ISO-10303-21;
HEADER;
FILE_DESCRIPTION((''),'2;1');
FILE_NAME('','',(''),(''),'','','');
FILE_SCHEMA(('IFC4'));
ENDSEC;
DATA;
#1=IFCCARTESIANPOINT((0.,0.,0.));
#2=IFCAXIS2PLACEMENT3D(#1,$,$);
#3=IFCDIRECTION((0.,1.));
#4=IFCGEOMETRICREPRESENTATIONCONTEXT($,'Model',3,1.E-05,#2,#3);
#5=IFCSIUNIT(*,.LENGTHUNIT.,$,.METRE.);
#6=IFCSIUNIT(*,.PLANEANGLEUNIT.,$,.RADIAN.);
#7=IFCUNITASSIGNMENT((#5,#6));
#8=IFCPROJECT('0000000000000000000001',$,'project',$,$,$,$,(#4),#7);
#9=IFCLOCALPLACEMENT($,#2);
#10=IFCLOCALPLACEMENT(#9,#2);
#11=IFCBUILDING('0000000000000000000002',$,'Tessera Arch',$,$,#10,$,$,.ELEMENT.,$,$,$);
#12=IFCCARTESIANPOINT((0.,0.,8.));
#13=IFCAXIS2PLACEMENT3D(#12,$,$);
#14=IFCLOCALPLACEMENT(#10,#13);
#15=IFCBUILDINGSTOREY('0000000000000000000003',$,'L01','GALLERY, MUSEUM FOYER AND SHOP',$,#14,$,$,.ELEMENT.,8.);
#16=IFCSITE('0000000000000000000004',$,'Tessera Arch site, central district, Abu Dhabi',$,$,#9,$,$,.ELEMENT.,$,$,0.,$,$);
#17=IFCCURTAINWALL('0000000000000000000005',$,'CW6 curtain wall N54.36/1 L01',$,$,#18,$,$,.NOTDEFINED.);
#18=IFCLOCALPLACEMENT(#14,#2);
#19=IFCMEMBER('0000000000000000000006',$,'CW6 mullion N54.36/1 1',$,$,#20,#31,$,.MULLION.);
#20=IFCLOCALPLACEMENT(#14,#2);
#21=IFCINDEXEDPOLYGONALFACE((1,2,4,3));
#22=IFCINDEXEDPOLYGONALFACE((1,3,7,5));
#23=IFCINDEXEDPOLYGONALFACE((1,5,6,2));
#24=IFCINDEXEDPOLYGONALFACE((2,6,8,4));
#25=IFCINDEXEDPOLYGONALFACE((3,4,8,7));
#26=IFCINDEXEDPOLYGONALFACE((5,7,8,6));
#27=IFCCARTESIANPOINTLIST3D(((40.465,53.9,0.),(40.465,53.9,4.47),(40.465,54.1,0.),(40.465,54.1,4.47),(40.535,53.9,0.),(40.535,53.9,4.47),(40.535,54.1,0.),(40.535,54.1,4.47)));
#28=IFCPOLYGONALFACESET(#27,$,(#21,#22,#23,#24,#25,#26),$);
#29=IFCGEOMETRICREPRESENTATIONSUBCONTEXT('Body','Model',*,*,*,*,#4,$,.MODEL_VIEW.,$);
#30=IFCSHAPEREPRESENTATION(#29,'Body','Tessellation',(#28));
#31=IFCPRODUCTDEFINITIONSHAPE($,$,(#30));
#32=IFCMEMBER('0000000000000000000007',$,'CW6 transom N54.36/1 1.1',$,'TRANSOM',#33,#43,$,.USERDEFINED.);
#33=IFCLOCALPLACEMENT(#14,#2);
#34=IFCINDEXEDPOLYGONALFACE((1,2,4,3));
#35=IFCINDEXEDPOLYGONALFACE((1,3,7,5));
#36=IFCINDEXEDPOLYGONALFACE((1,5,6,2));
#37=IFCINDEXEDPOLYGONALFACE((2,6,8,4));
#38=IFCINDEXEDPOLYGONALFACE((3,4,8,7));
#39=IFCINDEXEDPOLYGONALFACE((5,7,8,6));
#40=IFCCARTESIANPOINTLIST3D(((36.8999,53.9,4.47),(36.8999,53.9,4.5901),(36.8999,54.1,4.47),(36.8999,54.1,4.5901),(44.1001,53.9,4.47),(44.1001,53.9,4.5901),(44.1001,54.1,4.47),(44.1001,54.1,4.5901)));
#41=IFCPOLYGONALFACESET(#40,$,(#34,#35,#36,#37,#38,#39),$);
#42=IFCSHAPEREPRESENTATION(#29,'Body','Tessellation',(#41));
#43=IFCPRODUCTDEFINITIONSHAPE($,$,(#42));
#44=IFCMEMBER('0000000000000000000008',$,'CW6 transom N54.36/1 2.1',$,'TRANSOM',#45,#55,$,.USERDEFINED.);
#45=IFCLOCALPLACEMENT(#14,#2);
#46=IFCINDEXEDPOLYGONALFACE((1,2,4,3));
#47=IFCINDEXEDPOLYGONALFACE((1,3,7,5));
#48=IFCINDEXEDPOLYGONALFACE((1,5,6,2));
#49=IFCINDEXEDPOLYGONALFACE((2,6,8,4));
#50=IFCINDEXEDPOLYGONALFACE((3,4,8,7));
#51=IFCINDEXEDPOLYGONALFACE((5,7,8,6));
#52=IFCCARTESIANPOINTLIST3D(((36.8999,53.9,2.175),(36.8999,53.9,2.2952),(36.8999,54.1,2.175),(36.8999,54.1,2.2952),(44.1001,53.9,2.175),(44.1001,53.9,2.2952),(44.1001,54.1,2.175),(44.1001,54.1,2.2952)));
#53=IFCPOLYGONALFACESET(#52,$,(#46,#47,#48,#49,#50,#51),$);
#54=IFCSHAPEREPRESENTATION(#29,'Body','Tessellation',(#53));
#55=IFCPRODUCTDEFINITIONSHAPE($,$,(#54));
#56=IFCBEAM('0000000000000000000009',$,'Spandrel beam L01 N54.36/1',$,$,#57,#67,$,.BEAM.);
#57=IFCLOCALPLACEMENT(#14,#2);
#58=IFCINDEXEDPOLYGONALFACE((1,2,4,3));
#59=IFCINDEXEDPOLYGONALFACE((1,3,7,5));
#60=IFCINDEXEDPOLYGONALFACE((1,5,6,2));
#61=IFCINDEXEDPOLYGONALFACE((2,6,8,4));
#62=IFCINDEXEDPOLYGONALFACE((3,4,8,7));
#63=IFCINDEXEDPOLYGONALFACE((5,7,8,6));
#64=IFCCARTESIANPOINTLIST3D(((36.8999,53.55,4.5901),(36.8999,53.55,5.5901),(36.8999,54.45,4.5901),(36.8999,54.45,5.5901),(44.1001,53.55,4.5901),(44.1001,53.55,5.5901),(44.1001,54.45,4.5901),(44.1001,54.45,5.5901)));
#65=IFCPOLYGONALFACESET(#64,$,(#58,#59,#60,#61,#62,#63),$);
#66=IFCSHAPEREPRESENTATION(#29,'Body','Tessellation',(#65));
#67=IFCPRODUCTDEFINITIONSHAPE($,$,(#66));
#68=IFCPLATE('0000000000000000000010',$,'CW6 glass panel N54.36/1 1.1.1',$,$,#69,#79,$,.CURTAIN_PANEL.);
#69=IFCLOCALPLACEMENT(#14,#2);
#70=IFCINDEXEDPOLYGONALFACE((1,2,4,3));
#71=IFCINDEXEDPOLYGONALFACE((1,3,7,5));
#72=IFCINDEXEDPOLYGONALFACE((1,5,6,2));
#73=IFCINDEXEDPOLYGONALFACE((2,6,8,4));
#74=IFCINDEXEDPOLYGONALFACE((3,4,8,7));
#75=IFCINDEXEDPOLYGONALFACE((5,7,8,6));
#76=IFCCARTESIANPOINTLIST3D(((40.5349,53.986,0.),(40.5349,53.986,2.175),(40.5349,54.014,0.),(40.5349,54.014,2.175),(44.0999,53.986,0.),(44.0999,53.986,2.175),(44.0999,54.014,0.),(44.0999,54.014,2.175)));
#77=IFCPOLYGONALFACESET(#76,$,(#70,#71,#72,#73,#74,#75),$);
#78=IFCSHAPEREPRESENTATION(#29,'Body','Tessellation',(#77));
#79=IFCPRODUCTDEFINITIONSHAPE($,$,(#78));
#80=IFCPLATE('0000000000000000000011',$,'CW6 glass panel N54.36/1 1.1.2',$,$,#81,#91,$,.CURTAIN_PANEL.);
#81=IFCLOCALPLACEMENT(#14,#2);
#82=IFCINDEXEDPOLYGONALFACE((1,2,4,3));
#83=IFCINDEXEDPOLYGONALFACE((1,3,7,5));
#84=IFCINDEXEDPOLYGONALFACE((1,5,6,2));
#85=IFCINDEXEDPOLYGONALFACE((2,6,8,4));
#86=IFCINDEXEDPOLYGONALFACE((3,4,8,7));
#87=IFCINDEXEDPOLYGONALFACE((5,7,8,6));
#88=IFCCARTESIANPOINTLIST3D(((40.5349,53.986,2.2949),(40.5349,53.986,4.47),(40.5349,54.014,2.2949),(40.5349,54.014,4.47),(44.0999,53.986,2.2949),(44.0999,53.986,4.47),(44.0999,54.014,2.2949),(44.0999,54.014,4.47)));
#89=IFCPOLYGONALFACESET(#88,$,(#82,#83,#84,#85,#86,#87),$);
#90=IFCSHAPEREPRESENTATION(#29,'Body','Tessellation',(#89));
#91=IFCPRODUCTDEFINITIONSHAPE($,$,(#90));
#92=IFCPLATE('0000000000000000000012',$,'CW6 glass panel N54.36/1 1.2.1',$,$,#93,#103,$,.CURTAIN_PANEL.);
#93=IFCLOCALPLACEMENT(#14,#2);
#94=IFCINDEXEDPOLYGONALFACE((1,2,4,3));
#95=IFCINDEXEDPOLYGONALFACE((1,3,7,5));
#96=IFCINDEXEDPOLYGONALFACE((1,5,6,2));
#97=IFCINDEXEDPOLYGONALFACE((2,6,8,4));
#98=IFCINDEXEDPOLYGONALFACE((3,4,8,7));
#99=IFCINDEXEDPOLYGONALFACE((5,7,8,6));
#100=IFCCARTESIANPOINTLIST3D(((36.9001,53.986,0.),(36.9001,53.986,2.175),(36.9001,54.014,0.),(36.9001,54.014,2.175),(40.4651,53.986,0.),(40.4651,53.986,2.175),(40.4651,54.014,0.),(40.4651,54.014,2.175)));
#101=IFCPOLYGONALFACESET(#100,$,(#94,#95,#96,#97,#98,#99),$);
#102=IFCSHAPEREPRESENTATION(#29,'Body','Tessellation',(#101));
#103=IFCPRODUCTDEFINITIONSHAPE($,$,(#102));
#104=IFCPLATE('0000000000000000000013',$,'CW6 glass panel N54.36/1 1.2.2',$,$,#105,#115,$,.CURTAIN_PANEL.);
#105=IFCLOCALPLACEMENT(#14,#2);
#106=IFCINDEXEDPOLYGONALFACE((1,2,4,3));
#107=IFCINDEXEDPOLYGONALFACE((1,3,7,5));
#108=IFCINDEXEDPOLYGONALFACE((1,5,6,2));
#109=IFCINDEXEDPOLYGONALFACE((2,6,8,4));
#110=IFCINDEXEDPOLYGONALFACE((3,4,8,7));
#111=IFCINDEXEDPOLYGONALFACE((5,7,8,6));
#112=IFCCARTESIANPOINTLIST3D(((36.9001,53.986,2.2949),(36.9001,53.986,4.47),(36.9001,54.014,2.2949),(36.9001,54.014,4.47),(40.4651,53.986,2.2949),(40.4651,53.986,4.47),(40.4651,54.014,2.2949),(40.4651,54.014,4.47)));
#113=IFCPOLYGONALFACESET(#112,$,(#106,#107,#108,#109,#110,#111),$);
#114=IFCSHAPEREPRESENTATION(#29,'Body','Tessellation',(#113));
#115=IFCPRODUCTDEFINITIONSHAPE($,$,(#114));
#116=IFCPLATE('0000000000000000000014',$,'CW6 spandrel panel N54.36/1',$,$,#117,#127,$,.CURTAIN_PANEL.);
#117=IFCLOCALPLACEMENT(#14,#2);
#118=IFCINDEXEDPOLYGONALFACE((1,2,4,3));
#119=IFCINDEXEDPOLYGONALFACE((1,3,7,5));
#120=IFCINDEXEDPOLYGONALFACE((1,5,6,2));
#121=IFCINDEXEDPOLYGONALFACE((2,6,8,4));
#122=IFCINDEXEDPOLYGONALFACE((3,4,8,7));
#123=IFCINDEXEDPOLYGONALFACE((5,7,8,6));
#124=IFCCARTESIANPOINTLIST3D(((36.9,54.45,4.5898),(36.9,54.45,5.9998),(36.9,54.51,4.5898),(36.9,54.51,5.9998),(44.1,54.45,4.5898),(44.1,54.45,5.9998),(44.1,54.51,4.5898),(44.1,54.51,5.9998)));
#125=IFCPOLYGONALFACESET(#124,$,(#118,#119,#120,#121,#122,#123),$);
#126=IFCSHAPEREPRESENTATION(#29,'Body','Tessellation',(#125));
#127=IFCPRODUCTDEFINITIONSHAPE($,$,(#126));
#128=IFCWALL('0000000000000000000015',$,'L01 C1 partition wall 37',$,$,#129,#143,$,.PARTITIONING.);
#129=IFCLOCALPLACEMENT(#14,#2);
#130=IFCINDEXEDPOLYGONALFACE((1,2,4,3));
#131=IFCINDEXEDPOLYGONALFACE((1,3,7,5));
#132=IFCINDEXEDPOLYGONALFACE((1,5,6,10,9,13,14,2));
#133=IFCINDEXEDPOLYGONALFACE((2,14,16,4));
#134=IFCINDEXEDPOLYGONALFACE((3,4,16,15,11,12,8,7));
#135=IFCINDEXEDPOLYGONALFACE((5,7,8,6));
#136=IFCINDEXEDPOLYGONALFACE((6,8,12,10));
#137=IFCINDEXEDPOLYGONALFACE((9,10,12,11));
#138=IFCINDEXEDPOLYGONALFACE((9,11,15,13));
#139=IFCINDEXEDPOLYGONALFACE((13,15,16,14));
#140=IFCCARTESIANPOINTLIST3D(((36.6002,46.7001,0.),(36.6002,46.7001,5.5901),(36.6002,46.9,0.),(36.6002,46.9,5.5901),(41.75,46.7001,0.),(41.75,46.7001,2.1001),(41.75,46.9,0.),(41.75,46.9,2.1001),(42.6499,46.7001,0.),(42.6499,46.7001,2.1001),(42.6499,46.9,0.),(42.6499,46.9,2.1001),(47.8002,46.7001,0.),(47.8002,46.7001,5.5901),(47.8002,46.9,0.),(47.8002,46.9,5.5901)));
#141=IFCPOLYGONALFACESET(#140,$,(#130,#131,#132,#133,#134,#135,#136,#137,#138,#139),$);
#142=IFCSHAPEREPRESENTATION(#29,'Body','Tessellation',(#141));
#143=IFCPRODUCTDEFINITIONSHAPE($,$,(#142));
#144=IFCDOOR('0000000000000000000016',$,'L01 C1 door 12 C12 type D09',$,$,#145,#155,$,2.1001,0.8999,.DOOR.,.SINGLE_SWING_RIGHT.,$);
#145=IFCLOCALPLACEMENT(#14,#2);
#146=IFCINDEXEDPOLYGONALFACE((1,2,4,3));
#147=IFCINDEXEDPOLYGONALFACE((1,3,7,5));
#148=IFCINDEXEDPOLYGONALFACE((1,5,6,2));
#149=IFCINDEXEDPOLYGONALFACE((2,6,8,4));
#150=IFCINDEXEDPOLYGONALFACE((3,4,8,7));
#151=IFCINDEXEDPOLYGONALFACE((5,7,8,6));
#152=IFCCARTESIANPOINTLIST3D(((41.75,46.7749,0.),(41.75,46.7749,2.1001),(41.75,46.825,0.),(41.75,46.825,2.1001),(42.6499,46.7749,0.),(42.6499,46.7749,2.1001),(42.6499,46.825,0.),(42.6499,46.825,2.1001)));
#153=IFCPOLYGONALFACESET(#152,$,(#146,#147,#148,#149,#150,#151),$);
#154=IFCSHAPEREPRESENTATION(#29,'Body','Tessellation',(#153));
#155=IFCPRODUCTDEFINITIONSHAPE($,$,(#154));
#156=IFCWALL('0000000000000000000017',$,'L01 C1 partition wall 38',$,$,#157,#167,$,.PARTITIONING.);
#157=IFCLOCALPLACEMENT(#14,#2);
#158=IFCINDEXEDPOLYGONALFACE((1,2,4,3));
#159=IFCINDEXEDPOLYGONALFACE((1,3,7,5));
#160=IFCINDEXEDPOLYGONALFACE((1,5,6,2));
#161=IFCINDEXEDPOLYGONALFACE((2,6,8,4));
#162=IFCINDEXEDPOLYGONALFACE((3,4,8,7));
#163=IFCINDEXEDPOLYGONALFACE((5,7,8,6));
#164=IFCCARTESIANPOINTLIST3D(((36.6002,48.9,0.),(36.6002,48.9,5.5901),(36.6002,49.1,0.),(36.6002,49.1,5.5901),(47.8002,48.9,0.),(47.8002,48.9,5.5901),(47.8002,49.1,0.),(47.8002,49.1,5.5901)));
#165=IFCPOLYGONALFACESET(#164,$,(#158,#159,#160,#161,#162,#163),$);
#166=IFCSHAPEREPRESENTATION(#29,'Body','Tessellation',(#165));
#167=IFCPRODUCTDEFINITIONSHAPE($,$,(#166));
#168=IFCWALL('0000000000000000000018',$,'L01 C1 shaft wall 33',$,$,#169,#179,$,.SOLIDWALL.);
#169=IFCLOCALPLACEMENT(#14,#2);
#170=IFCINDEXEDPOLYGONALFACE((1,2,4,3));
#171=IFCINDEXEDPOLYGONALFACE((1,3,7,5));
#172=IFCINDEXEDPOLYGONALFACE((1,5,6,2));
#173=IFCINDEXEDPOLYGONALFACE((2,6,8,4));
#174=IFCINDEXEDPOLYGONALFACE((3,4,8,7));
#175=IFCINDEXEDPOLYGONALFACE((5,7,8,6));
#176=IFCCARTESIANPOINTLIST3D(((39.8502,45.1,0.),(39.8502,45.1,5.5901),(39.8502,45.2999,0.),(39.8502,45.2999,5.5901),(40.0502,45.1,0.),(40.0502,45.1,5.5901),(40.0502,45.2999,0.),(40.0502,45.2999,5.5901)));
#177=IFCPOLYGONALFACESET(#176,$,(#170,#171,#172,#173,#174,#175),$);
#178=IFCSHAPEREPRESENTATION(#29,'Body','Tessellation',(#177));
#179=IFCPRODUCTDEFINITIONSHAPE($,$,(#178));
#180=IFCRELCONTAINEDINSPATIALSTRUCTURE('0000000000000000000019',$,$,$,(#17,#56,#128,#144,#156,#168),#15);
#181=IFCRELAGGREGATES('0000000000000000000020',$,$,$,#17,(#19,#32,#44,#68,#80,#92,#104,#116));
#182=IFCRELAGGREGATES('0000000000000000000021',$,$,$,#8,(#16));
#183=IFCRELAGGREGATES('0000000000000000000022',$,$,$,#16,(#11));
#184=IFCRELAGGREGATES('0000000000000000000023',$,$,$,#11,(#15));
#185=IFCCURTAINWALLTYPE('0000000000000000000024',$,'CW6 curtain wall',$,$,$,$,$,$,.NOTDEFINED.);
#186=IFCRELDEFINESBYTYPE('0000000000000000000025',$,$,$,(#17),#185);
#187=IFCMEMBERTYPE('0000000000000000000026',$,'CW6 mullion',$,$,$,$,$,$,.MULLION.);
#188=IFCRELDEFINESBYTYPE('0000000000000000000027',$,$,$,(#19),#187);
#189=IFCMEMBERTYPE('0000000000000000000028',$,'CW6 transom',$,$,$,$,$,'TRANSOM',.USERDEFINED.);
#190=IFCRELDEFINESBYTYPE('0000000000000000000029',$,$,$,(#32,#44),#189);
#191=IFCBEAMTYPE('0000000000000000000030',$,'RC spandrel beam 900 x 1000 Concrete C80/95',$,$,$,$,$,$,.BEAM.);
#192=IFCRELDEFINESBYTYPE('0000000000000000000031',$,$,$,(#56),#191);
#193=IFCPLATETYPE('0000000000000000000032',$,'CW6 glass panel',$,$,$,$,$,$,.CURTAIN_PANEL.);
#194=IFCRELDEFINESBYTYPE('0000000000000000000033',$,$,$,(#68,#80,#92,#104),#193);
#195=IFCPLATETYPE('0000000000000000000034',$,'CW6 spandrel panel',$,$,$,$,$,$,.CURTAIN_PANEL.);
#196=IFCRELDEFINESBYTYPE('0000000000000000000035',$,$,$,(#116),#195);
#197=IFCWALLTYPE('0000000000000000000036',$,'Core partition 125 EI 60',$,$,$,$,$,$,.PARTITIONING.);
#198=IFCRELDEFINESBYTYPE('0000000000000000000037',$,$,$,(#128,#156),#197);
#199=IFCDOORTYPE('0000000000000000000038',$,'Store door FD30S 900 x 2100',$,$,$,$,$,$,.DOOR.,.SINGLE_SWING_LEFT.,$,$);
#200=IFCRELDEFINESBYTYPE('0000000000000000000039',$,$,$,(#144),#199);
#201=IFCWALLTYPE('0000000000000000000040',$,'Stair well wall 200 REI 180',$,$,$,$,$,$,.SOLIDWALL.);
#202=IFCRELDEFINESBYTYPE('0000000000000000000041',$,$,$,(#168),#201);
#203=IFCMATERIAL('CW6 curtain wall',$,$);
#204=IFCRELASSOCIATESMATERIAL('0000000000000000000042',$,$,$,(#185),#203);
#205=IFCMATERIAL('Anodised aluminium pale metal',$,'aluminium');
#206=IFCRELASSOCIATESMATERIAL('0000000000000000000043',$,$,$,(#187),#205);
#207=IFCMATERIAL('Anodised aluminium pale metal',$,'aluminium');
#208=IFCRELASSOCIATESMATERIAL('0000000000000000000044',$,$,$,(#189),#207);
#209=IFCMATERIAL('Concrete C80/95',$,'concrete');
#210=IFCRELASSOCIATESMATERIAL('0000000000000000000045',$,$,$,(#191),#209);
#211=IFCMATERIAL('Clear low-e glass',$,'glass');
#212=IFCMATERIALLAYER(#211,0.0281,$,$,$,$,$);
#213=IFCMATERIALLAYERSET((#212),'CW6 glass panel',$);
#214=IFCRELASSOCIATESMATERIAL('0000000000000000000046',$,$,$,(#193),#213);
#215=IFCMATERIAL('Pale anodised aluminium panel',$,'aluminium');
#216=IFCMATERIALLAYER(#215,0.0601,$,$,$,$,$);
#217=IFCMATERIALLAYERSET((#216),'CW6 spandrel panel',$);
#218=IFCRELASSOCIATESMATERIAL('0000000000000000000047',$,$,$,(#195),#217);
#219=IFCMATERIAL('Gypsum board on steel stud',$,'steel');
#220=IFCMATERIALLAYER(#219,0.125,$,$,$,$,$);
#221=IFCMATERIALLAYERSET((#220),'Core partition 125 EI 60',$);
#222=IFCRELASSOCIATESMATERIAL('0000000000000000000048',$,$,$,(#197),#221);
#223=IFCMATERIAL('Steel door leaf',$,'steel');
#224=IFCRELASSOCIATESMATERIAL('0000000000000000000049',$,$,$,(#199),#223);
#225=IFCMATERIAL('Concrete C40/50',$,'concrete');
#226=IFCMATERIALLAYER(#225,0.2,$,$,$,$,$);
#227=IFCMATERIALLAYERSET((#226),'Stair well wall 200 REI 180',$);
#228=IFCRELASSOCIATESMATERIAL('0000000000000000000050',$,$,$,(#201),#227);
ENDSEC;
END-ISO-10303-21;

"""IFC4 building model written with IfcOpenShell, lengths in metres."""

from ifc_helpers import new_model, si_unit, direction, frame, frame_2d, origin, origin_2d, place, context, subcontext, project, spatial, rectangle, extrude, material, layer, layer_set, material_profile, profile_set, type_object, element, fill, aggregate, save


model = new_model("IFC4")

# Units and contexts
model_context = context("Model", 3, precision=1e-05, world=origin(), true_north=direction((0.0, 1.0)))
body_context = subcontext(model_context, "Body", "Model", "MODEL_VIEW")
ifc_project = project(units=[si_unit("LENGTHUNIT", "METRE"), si_unit("PLANEANGLEUNIT", "RADIAN")], contexts=[model_context])

# Site, building, storey
site_placement = place(None, origin())
site = spatial("IfcSite", under=ifc_project, at=site_placement, Name="Tessera Arch site, central district, Abu Dhabi", CompositionType="ELEMENT", RefElevation=0.0)
building_placement = place(site_placement, origin())
building = spatial("IfcBuilding", under=site, at=building_placement, Name="Tessera Arch", CompositionType="ELEMENT")
storey_placement = place(building_placement, frame((0.0, 0.0, 8.0)))
storey = spatial("IfcBuildingStorey", under=building, at=storey_placement, Name="L01", Description="GALLERY, MUSEUM FOYER AND SHOP", CompositionType="ELEMENT", Elevation=8.0)

# Curtain wall, members
ifc_material_1 = material(Name="CW6 curtain wall")
curtain_wall_type = type_object("IfcCurtainWallType", Name="CW6 curtain wall", PredefinedType="NOTDEFINED", material=ifc_material_1)
curtain_wall_placement = place(storey_placement, origin())
curtain_wall = element("IfcCurtainWall", 1, at=curtain_wall_placement, inside=storey, type_object=curtain_wall_type, Name="CW6 curtain wall N54.36/1 L01", PredefinedType="NOTDEFINED")
ifc_material_2 = material(Name="Anodised aluminium pale metal", Category="aluminium")
ifc_material_profile_1 = material_profile(ifc_material_2, rectangle(XDim=0.2, YDim=0.0701, at=origin_2d()), Name="AL 70x200")
ifc_profile_set_1 = profile_set([ifc_material_profile_1], Name="Anodised aluminium pale metal")
member_type_1 = type_object("IfcMemberType", Name="CW6 mullion", PredefinedType="MULLION", material=ifc_profile_set_1)
member_1_placement = place(storey_placement, frame((40.5, 54.0, 0.0), z_axis=(0.0, 0.0, 1.0), x_axis=(0.0, -1.0, 0.0)))
member_1 = element("IfcMember", 2, at=member_1_placement, type_object=member_type_1, Name="CW6 mullion N54.36/1 1", PredefinedType="MULLION", context=body_context, shape_type="SweptSolid", body=[
    extrude(rectangle(XDim=0.2, YDim=0.0701, at=origin_2d()), origin(), (0.0, 0.0, 1.0), 4.47),
])
ifc_material_3 = material(Name="Anodised aluminium pale metal", Category="aluminium")
ifc_material_profile_2 = material_profile(ifc_material_3, rectangle(XDim=0.2, YDim=0.1201, at=origin_2d()), Name="AL 200x120")
ifc_profile_set_2 = profile_set([ifc_material_profile_2], Name="Anodised aluminium pale metal")
member_type_2 = type_object("IfcMemberType", Name="CW6 transom", ElementType="TRANSOM", PredefinedType="USERDEFINED", material=ifc_profile_set_2)
member_2_placement = place(storey_placement, frame((44.1001, 54.0, 4.53), z_axis=(-1.0, 0.0, 0.0), x_axis=(0.0, -1.0, 0.0)))
member_2 = element("IfcMember", 3, at=member_2_placement, type_object=member_type_2, Name="CW6 transom N54.36/1 1.1", ObjectType="TRANSOM", PredefinedType="USERDEFINED", context=body_context, shape_type="SweptSolid", body=[
    extrude(rectangle(XDim=0.2, YDim=0.1201, at=origin_2d()), origin(), (0.0, 0.0, 1.0), 7.2002),
])
member_3_placement = place(storey_placement, frame((44.1001, 54.0, 2.2351), z_axis=(-1.0, 0.0, 0.0), x_axis=(0.0, -1.0, 0.0)))
member_3 = element("IfcMember", 4, at=member_3_placement, type_object=member_type_2, Name="CW6 transom N54.36/1 2.1", ObjectType="TRANSOM", PredefinedType="USERDEFINED", context=body_context, shape_type="SweptSolid", body=[
    extrude(rectangle(XDim=0.2, YDim=0.1201, at=origin_2d()), origin(), (0.0, 0.0, 1.0), 7.2002),
])

# Beam
ifc_material_4 = material(Name="Concrete C80/95", Category="concrete")
ifc_material_profile_3 = material_profile(ifc_material_4, rectangle(XDim=0.8999, YDim=1.0, at=origin_2d()), Name="RC spandrel beam 900 x 1000 Concrete C80/95")
ifc_profile_set_3 = profile_set([ifc_material_profile_3], Name="Concrete C80/95")
beam_type = type_object("IfcBeamType", Name="RC spandrel beam 900 x 1000 Concrete C80/95", PredefinedType="BEAM", material=ifc_profile_set_3)
beam_placement = place(storey_placement, frame((44.1001, 54.0, 5.0901), z_axis=(-1.0, 0.0, 0.0), x_axis=(0.0, -1.0, 0.0)))
element("IfcBeam", 5, at=beam_placement, inside=storey, type_object=beam_type, Name="Spandrel beam L01 N54.36/1", PredefinedType="BEAM", context=body_context, shape_type="SweptSolid", body=[
    extrude(rectangle(XDim=0.8999, YDim=1.0, at=origin_2d()), origin(), (0.0, 0.0, 1.0), 7.2002),
])

# Plates
ifc_material_5 = material(Name="Clear low-e glass", Category="glass")
ifc_layer_1 = layer(ifc_material_5, 0.0281)
ifc_layer_set_1 = layer_set([ifc_layer_1], Name="CW6 glass panel")
plate_type_1 = type_object("IfcPlateType", Name="CW6 glass panel", PredefinedType="CURTAIN_PANEL", material=ifc_layer_set_1)
plate_1_placement = place(storey_placement, frame((42.3174, 54.0, 0.0), z_axis=(0.0, 0.0, 1.0), x_axis=(-1.0, 0.0, 0.0)))
plate_1 = element("IfcPlate", 6, at=plate_1_placement, type_object=plate_type_1, Name="CW6 glass panel N54.36/1 1.1.1", PredefinedType="CURTAIN_PANEL", context=body_context, shape_type="SweptSolid", body=[
    extrude(rectangle(XDim=3.5649, YDim=0.0281, at=origin_2d()), origin(), (0.0, 0.0, 1.0), 2.175),
])
plate_2_placement = place(storey_placement, frame((42.3174, 54.0, 2.2949), z_axis=(0.0, 0.0, 1.0), x_axis=(-1.0, 0.0, 0.0)))
plate_2 = element("IfcPlate", 7, at=plate_2_placement, type_object=plate_type_1, Name="CW6 glass panel N54.36/1 1.1.2", PredefinedType="CURTAIN_PANEL", context=body_context, shape_type="SweptSolid", body=[
    extrude(rectangle(XDim=3.5649, YDim=0.0281, at=origin_2d()), origin(), (0.0, 0.0, 1.0), 2.175),
])
plate_3_placement = place(storey_placement, frame((38.6826, 54.0, 0.0), z_axis=(0.0, 0.0, 1.0), x_axis=(-1.0, 0.0, 0.0)))
plate_3 = element("IfcPlate", 8, at=plate_3_placement, type_object=plate_type_1, Name="CW6 glass panel N54.36/1 1.2.1", PredefinedType="CURTAIN_PANEL", context=body_context, shape_type="SweptSolid", body=[
    extrude(rectangle(XDim=3.5649, YDim=0.0281, at=origin_2d()), origin(), (0.0, 0.0, 1.0), 2.175),
])
plate_4_placement = place(storey_placement, frame((38.6826, 54.0, 2.2949), z_axis=(0.0, 0.0, 1.0), x_axis=(-1.0, 0.0, 0.0)))
plate_4 = element("IfcPlate", 9, at=plate_4_placement, type_object=plate_type_1, Name="CW6 glass panel N54.36/1 1.2.2", PredefinedType="CURTAIN_PANEL", context=body_context, shape_type="SweptSolid", body=[
    extrude(rectangle(XDim=3.5649, YDim=0.0281, at=origin_2d()), origin(), (0.0, 0.0, 1.0), 2.175),
])
ifc_material_6 = material(Name="Pale anodised aluminium panel", Category="aluminium")
ifc_layer_2 = layer(ifc_material_6, 0.0601)
ifc_layer_set_2 = layer_set([ifc_layer_2], Name="CW6 spandrel panel")
plate_type_2 = type_object("IfcPlateType", Name="CW6 spandrel panel", PredefinedType="CURTAIN_PANEL", material=ifc_layer_set_2)
plate_5_placement = place(storey_placement, frame((40.5, 54.48, 4.5898), z_axis=(0.0, 0.0, 1.0), x_axis=(-1.0, 0.0, 0.0)))
plate_5 = element("IfcPlate", 10, at=plate_5_placement, type_object=plate_type_2, Name="CW6 spandrel panel N54.36/1", PredefinedType="CURTAIN_PANEL", context=body_context, shape_type="SweptSolid", body=[
    extrude(rectangle(XDim=7.2, YDim=0.0601, at=origin_2d()), origin(), (0.0, 0.0, 1.0), 1.4099),
])
aggregate(curtain_wall, [member_1, member_2, member_3, plate_1, plate_2, plate_3, plate_4, plate_5])

# Wall, opening, door
ifc_material_7 = material(Name="Gypsum board on steel stud", Category="steel")
ifc_layer_3 = layer(ifc_material_7, 0.125)
ifc_layer_set_3 = layer_set([ifc_layer_3], Name="Core partition 125 EI 60")
wall_type_1 = type_object("IfcWallType", Name="Core partition 125 EI 60", PredefinedType="PARTITIONING", material=ifc_layer_set_3)
wall_1_placement = place(storey_placement, frame((36.6001, 46.8, 0.0), z_axis=(0.0, 0.0, 1.0), x_axis=(1.0, 0.0, 0.0)))
wall_1 = element("IfcWall", 11, at=wall_1_placement, inside=storey, type_object=wall_type_1, Name="L01 C1 partition wall 37", PredefinedType="PARTITIONING", context=body_context, shape_type="SweptSolid", body=[
    extrude(rectangle(XDim=11.2, YDim=0.2, at=frame_2d((5.6001, 0.0))), origin(), (0.0, 0.0, 1.0), 5.5901),
])
opening_1_placement = place(wall_1_placement, frame((5.1499, 0.0, 0.0)))
opening_1 = element("IfcOpeningElement", 12, at=opening_1_placement, cuts=wall_1, PredefinedType="OPENING", context=body_context, shape_type="SweptSolid", body=[
    extrude(rectangle(XDim=0.8999, YDim=2.1001, at=frame_2d((0.45, 1.05))), frame((0.0, 0.1099, 0.0), z_axis=(0.0, -1.0, 0.0), x_axis=(1.0, 0.0, 0.0)), (0.0, 0.0, 1.0), 0.22),
])
ifc_material_8 = material(Name="Steel door leaf", Category="steel")
door_type_1 = type_object("IfcDoorType", Name="Store door FD30S 900 x 2100", OperationType="SINGLE_SWING_LEFT", PredefinedType="DOOR", material=ifc_material_8)
door_1_placement = place(opening_1_placement, origin())
door_1 = element("IfcDoor", 13, at=door_1_placement, inside=storey, type_object=door_type_1, Name="L01 C1 door 12 C12 type D09", OperationType="SINGLE_SWING_RIGHT", OverallHeight=2.1001, OverallWidth=0.8999, PredefinedType="DOOR", context=body_context, shape_type="SweptSolid", body=[
    extrude(rectangle(XDim=0.8999, YDim=2.1001, at=frame_2d((0.45, 1.05))), frame((0.0, 0.0249, 0.0), z_axis=(0.0, -1.0, 0.0), x_axis=(1.0, 0.0, 0.0)), (0.0, 0.0, 1.0), 0.05),
])
fill(opening_1, door_1)

# Walls
wall_2_placement = place(storey_placement, frame((36.6001, 49.0, 0.0), z_axis=(0.0, 0.0, 1.0), x_axis=(1.0, 0.0, 0.0)))
element("IfcWall", 14, at=wall_2_placement, inside=storey, type_object=wall_type_1, Name="L01 C1 partition wall 38", PredefinedType="PARTITIONING", context=body_context, shape_type="SweptSolid", body=[
    extrude(rectangle(XDim=11.2, YDim=0.2, at=frame_2d((5.6001, 0.0))), origin(), (0.0, 0.0, 1.0), 5.5901),
])
ifc_material_9 = material(Name="Concrete C40/50", Category="concrete")
ifc_layer_4 = layer(ifc_material_9, 0.2)
ifc_layer_set_4 = layer_set([ifc_layer_4], Name="Stair well wall 200 REI 180")
wall_type_2 = type_object("IfcWallType", Name="Stair well wall 200 REI 180", PredefinedType="SOLIDWALL", material=ifc_layer_set_4)
wall_3_placement = place(storey_placement, frame((39.8501, 45.2, 0.0), z_axis=(0.0, 0.0, 1.0), x_axis=(1.0, 0.0, 0.0)))
element("IfcWall", 15, at=wall_3_placement, inside=storey, type_object=wall_type_2, Name="L01 C1 shaft wall 33", PredefinedType="SOLIDWALL", context=body_context, shape_type="SweptSolid", body=[
    extrude(rectangle(XDim=0.2, YDim=0.2, at=frame_2d((0.1001, 0.0))), origin(), (0.0, 0.0, 1.0), 5.5901),
])

save(model, "model.ifc")
